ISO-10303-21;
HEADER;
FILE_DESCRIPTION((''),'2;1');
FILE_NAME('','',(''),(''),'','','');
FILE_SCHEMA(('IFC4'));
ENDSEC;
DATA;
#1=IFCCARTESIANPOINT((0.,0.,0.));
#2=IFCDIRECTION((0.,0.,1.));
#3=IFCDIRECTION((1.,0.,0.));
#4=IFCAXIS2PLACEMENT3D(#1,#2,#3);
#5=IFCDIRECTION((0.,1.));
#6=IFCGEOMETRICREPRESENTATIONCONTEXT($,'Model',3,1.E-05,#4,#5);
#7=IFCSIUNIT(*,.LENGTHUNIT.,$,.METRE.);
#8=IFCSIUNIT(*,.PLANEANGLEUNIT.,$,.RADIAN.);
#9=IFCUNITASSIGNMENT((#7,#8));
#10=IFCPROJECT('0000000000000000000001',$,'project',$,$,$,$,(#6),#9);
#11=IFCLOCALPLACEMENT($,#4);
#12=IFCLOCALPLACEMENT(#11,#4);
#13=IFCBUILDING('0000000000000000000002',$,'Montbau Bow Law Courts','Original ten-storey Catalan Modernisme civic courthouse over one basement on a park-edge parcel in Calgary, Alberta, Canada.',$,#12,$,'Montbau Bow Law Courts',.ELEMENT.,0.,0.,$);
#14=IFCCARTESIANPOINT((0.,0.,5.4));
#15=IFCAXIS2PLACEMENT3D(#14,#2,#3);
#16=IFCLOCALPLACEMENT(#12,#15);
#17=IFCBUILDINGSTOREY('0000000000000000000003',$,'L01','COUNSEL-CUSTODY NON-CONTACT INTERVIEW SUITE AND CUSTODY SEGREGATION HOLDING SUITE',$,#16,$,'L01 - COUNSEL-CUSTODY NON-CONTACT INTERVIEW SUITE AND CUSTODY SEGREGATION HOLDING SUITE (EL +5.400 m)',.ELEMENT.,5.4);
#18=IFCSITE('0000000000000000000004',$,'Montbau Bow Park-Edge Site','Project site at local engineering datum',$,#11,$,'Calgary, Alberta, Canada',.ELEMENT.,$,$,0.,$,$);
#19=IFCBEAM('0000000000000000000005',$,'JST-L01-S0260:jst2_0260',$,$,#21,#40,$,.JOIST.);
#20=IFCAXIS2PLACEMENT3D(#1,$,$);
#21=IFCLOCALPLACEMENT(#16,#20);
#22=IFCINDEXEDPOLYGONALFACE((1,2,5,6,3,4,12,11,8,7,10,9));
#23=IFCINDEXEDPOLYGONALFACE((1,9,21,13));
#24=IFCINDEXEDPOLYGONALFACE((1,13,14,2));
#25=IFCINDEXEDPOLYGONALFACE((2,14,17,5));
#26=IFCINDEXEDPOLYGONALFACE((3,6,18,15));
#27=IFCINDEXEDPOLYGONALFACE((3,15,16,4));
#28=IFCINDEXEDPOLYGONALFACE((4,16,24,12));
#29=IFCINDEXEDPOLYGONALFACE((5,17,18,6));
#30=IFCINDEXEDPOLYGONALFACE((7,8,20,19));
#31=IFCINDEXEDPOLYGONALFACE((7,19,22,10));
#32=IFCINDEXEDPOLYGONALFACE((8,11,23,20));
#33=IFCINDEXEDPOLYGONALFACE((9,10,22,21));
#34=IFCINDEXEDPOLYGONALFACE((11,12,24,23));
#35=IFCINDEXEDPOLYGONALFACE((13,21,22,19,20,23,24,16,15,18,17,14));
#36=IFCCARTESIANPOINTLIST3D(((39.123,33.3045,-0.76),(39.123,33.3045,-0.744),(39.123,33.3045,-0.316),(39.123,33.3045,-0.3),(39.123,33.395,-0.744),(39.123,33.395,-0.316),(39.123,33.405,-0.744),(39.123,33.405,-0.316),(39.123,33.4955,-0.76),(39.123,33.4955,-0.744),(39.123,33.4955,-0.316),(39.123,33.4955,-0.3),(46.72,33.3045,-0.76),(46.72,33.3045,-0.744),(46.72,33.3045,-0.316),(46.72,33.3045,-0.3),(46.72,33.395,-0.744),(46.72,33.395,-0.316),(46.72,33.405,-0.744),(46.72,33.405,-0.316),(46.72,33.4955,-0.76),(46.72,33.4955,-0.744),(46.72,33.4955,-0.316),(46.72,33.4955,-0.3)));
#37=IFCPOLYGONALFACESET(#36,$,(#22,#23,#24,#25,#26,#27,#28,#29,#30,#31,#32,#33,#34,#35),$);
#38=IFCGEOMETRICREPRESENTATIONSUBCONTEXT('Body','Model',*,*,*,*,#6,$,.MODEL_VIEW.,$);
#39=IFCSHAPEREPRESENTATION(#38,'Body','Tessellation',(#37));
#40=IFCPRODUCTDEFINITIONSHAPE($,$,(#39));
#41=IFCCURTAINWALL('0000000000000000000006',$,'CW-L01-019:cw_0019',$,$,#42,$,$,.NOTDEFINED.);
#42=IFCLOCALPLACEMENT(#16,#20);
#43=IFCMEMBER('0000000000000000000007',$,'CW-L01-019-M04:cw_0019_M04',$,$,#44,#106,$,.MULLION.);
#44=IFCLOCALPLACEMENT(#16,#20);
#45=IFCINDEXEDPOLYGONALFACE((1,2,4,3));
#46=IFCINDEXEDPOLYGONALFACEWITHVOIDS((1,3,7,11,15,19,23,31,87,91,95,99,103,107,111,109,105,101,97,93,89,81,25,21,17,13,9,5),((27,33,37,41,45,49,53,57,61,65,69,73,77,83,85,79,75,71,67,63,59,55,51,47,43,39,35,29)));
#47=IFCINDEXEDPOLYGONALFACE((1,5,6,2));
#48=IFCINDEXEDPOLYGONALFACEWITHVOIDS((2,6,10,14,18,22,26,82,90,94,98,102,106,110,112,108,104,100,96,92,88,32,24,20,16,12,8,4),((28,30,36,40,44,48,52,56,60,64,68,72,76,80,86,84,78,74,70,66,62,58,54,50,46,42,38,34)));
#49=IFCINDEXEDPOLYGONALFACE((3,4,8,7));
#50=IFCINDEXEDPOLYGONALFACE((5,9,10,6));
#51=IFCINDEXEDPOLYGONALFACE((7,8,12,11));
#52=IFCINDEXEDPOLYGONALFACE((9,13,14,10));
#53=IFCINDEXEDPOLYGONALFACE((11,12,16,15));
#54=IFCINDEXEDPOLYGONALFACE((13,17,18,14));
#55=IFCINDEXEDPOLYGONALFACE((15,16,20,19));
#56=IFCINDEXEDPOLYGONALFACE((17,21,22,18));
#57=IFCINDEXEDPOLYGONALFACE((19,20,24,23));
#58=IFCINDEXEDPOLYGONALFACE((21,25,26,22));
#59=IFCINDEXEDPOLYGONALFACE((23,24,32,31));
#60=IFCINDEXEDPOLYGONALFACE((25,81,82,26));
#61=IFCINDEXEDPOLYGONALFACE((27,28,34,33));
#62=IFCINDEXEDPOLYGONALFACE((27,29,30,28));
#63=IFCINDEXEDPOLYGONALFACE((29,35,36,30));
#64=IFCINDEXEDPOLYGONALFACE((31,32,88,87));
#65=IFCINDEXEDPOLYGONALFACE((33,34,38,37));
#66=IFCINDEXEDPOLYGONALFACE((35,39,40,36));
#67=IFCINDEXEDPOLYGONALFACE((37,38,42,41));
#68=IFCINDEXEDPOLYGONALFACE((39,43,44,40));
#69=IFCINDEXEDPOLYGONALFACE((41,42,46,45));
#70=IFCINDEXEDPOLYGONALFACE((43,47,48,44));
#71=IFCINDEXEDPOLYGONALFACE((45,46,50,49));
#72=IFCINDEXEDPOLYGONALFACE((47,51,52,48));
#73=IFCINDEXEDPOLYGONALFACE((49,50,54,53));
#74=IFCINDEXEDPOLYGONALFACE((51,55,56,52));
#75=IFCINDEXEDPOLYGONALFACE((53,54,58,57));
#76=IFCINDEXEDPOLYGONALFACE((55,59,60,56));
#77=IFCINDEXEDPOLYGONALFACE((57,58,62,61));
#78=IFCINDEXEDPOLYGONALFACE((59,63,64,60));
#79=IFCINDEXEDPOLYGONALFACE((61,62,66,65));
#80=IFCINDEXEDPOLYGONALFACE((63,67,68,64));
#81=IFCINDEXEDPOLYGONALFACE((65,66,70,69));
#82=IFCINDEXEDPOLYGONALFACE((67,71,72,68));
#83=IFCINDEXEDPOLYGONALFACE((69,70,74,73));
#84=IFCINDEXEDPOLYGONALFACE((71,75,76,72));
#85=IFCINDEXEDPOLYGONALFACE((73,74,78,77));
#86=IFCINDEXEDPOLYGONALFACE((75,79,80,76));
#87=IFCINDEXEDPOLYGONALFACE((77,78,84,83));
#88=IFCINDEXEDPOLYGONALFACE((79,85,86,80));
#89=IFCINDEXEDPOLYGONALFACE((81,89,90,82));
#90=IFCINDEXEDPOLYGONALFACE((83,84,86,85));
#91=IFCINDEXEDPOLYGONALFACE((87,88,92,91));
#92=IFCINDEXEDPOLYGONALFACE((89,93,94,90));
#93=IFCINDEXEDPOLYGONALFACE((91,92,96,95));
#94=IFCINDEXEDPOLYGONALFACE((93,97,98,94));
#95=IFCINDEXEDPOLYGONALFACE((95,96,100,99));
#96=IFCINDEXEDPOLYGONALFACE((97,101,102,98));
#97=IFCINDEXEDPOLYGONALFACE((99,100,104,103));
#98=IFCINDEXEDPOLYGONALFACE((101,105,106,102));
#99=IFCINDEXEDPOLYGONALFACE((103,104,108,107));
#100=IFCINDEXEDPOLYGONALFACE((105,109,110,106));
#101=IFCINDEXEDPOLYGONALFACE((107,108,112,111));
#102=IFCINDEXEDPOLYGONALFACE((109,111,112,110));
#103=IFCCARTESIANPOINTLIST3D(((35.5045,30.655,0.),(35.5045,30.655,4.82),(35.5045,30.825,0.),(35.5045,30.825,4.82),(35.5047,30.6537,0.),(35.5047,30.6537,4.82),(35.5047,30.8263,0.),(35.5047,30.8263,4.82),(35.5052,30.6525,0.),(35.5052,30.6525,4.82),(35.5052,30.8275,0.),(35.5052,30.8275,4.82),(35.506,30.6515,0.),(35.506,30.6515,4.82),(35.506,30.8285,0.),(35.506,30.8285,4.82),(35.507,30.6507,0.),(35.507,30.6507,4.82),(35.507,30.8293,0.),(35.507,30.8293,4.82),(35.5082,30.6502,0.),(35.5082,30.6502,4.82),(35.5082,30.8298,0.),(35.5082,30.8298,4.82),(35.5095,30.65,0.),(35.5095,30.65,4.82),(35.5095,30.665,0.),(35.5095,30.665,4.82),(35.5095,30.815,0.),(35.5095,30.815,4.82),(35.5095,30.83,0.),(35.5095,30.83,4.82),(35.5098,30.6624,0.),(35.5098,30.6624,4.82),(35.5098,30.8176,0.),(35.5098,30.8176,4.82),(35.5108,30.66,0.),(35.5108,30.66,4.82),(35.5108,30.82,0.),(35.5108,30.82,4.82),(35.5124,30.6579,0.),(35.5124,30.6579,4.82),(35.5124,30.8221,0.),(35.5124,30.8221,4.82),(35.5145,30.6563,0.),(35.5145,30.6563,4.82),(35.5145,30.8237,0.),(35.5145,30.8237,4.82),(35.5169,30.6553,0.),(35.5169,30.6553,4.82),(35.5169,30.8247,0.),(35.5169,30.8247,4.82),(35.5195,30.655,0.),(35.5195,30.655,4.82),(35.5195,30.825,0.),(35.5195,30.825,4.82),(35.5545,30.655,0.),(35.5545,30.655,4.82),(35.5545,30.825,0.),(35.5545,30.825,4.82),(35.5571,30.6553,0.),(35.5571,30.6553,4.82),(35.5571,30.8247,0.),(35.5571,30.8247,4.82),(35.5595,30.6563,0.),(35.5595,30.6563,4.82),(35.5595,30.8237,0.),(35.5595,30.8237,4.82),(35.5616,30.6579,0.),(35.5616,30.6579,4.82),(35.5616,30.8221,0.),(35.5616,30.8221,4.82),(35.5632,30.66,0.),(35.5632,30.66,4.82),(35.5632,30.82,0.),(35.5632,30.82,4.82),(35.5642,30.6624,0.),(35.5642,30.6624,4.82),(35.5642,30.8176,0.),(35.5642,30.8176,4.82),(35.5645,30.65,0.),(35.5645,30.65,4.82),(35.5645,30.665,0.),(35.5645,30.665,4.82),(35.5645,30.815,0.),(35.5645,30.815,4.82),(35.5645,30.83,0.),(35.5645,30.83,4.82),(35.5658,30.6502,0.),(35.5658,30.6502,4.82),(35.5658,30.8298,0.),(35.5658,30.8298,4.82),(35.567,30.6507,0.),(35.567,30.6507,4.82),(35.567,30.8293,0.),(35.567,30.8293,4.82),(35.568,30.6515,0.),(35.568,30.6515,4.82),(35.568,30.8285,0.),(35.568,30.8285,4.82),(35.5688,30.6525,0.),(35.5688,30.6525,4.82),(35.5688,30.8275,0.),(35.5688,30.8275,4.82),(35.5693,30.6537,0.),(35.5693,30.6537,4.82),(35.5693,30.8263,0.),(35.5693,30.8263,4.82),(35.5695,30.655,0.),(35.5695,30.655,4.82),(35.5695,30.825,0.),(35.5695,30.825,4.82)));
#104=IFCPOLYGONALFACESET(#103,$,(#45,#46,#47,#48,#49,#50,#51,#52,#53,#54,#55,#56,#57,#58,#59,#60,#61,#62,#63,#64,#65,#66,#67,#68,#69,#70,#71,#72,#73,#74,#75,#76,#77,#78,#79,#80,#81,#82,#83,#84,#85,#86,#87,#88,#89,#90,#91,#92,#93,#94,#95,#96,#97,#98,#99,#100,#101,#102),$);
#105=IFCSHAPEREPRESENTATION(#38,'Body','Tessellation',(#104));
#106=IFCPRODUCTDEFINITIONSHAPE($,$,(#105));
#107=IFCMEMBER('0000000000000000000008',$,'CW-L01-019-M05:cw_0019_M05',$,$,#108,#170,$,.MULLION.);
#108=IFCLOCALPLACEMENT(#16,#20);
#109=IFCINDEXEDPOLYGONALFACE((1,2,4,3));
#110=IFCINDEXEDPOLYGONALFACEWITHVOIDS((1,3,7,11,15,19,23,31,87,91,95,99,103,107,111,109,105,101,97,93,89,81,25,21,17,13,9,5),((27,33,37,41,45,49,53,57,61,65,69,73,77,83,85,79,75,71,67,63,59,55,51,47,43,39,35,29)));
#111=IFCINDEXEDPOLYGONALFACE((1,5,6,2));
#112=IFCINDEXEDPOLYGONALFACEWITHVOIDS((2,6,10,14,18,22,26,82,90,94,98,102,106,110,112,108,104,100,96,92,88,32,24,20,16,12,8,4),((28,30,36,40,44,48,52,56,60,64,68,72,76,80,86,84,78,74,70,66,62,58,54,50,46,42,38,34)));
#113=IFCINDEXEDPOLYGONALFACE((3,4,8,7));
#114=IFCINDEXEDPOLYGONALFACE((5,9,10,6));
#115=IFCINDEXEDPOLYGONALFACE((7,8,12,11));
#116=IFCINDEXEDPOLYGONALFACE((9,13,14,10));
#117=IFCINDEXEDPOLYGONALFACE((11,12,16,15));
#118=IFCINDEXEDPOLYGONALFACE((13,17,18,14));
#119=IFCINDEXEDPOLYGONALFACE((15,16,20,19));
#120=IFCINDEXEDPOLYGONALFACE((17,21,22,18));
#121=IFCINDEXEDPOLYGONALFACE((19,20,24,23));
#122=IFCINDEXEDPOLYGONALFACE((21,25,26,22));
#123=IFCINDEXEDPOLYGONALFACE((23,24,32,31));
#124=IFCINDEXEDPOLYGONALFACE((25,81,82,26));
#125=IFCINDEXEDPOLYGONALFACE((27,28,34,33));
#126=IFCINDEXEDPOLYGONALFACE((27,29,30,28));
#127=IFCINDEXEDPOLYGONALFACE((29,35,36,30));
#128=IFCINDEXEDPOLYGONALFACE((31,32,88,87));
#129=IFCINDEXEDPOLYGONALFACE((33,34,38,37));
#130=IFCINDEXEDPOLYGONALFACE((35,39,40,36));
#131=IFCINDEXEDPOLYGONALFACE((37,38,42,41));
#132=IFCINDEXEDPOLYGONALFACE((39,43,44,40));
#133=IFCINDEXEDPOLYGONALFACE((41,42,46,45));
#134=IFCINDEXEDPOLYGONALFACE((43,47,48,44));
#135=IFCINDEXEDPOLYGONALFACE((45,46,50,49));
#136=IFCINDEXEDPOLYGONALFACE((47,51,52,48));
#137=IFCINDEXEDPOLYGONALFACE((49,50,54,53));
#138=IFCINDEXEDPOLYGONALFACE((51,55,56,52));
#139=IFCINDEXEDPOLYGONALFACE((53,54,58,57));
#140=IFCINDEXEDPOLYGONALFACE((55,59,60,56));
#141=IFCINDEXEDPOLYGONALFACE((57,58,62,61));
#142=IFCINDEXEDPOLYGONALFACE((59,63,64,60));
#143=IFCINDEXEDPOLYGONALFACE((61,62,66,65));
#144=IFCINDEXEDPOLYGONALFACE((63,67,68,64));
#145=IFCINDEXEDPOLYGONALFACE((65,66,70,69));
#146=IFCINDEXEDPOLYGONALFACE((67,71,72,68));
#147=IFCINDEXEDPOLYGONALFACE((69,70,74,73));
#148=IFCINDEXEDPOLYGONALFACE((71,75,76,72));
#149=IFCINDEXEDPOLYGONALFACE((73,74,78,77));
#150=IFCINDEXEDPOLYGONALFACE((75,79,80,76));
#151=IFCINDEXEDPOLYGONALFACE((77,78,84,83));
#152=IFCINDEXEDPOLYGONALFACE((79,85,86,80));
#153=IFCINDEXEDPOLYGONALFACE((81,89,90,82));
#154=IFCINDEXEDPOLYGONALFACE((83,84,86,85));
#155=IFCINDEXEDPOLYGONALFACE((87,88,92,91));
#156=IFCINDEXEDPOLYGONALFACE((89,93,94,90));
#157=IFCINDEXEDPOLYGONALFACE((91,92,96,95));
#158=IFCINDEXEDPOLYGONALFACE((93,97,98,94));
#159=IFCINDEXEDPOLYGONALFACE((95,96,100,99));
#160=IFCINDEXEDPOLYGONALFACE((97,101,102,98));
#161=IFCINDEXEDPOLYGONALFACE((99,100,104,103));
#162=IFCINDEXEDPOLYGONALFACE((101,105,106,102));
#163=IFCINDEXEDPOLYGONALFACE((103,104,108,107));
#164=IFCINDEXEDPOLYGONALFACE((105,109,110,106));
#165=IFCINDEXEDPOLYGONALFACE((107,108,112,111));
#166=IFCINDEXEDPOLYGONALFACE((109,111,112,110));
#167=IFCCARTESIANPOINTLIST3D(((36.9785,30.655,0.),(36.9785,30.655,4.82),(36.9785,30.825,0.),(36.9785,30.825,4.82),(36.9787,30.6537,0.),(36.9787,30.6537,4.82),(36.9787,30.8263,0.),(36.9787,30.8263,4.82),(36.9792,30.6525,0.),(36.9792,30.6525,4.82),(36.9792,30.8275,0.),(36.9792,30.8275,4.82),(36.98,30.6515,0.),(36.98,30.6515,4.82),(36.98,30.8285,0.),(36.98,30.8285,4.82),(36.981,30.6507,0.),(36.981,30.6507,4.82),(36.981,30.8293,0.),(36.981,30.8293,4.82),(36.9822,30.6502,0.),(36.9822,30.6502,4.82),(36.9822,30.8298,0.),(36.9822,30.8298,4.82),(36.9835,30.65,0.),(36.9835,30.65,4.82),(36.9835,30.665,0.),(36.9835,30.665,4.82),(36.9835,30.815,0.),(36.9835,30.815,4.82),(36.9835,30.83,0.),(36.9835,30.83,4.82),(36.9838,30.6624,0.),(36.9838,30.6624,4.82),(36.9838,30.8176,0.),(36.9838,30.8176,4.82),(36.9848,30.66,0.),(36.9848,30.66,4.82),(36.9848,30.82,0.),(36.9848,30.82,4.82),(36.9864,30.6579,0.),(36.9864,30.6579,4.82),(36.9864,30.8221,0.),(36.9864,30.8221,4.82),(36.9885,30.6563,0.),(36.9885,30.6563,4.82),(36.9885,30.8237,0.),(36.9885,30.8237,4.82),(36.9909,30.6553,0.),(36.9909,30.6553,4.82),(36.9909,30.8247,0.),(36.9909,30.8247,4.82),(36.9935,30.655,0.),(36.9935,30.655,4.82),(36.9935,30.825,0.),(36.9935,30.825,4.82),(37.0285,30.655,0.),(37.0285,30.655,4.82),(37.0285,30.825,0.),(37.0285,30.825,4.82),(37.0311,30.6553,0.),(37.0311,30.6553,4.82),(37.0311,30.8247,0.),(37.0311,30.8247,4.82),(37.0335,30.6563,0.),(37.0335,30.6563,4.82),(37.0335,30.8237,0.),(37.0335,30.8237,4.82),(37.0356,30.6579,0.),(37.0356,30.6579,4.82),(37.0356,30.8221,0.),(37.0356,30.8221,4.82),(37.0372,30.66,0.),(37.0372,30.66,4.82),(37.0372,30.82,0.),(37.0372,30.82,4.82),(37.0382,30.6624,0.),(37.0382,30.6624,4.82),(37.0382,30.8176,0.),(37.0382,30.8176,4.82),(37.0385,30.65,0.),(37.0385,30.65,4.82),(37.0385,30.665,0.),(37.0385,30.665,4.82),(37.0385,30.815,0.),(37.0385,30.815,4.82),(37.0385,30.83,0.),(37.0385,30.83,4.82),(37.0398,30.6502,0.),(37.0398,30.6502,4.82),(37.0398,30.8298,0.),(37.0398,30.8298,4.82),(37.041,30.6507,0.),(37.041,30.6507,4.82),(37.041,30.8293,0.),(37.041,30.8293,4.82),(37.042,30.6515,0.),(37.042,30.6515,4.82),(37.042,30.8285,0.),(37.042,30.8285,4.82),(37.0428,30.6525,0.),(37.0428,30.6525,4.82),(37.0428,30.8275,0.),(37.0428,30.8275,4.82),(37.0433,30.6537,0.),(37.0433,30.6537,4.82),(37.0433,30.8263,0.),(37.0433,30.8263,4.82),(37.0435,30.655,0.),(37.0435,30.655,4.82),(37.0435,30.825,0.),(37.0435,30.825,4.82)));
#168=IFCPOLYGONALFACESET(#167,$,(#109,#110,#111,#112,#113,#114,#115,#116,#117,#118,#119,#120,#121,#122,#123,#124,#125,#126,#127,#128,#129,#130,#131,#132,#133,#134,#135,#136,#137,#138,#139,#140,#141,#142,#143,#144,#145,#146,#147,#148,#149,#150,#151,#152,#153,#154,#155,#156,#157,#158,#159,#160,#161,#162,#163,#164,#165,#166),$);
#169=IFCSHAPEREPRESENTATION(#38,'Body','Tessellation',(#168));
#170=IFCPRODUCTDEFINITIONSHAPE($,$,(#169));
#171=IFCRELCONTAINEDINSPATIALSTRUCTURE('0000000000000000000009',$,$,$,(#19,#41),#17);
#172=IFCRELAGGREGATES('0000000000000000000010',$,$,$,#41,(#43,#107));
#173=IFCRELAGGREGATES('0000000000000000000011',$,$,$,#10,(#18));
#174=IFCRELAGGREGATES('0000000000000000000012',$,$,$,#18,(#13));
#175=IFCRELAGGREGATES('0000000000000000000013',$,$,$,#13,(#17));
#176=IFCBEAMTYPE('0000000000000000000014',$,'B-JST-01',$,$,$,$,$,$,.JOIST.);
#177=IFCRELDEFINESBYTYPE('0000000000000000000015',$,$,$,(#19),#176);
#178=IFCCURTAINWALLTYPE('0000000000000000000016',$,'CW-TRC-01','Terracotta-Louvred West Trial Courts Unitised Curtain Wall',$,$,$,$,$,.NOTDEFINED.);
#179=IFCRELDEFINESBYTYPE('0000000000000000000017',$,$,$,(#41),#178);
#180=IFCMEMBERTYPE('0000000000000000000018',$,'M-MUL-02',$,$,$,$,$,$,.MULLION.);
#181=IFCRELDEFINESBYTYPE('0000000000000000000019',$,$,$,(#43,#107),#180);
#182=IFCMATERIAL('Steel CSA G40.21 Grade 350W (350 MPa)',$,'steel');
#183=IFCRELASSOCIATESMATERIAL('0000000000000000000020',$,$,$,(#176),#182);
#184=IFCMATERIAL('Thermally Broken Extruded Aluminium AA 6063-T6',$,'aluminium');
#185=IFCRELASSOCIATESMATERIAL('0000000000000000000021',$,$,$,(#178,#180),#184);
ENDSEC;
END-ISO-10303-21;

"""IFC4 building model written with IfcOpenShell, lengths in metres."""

from ifc_helpers import new_model, si_unit, direction, frame, origin_with_axes, origin_2d_with_axis, place, context, subcontext, project, spatial, hollow_rectangle, i_section, extrude, material, material_profile, profile_set, type_object, element, aggregate, save


model = new_model("IFC4")

# Units and contexts
model_context = context("Model", 3, precision=1e-05, world=origin_with_axes(), true_north=direction((0.0, 1.0)))
body_context = subcontext(model_context, "Body", "Model", "MODEL_VIEW")
ifc_project = project(units=[si_unit("LENGTHUNIT", "METRE"), si_unit("PLANEANGLEUNIT", "RADIAN")], contexts=[model_context])

# Site, building, storey
site_placement = place(None, origin_with_axes())
site = spatial("IfcSite", under=ifc_project, at=site_placement, Name="Montbau Bow Park-Edge Site", Description="Project site at local engineering datum", LongName="Calgary, Alberta, Canada", CompositionType="ELEMENT", RefElevation=0.0)
building_placement = place(site_placement, origin_with_axes())
building = spatial("IfcBuilding", under=site, at=building_placement, Name="Montbau Bow Law Courts", Description="Original ten-storey Catalan Modernisme civic courthouse over one basement on a park-edge parcel in Calgary, Alberta, Canada.", LongName="Montbau Bow Law Courts", CompositionType="ELEMENT", ElevationOfRefHeight=0.0, ElevationOfTerrain=0.0)
storey_placement = place(building_placement, frame((0.0, 0.0, 5.4), z_axis=(0.0, 0.0, 1.0), x_axis=(1.0, 0.0, 0.0)))
storey = spatial("IfcBuildingStorey", under=building, at=storey_placement, Name="L01", Description="COUNSEL-CUSTODY NON-CONTACT INTERVIEW SUITE AND CUSTODY SEGREGATION HOLDING SUITE", LongName="L01 - COUNSEL-CUSTODY NON-CONTACT INTERVIEW SUITE AND CUSTODY SEGREGATION HOLDING SUITE (EL +5.400 m)", CompositionType="ELEMENT", Elevation=5.4)

# Beam
ifc_material_1 = material(Name="Steel CSA G40.21 Grade 350W (350 MPa)", Category="steel")
ifc_material_profile_1 = material_profile(ifc_material_1, i_section(OverallWidth=0.191, OverallDepth=0.46, WebThickness=0.0099, FlangeThickness=0.016, at=origin_2d_with_axis()), Name="W460X82", Category="Main", Priority=0)
ifc_profile_set_1 = profile_set([ifc_material_profile_1], Name="Steel CSA G40.21 Grade 350W (350 MPa)")
beam_type = type_object("IfcBeamType", Name="B-JST-01", PredefinedType="JOIST", material=ifc_profile_set_1)
beam_placement = place(None, frame((39.123, 33.4, 4.87), z_axis=(1.0, 0.0, 0.0), x_axis=(0.0, 1.0, 0.0)))
element("IfcBeam", 1, at=beam_placement, inside=storey, type_object=beam_type, Name="JST-L01-S0260:jst2_0260", PredefinedType="JOIST", context=body_context, shape_type="SweptSolid", body=[
    extrude(i_section(OverallWidth=0.191, OverallDepth=0.46, WebThickness=0.0099, FlangeThickness=0.016, at=origin_2d_with_axis()), origin_with_axes(), (0.0, 0.0, 1.0), 7.597),
])

# Curtain wall, members
ifc_material_2 = material(Name="Thermally Broken Extruded Aluminium AA 6063-T6", Category="aluminium")
curtain_wall_type = type_object("IfcCurtainWallType", Name="CW-TRC-01", Description="Terracotta-Louvred West Trial Courts Unitised Curtain Wall", PredefinedType="NOTDEFINED", material=ifc_material_2)
curtain_wall_1_placement = place(None, frame((31.115, 30.74, 5.4), z_axis=(0.0, 0.0, 1.0), x_axis=(1.0, 0.0, 0.0)))
curtain_wall_1 = element("IfcCurtainWall", 2, at=curtain_wall_1_placement, inside=storey, type_object=curtain_wall_type, Name="CW-L01-019:cw_0019", PredefinedType="NOTDEFINED")
ifc_material_profile_2 = material_profile(ifc_material_2, hollow_rectangle(XDim=0.065, YDim=0.18, WallThickness=0.005, InnerFilletRadius=0.01, OuterFilletRadius=0.005, at=origin_2d_with_axis()), Name="CWM-180X65", Category="Main", Priority=0)
ifc_profile_set_2 = profile_set([ifc_material_profile_2], Name="Thermally Broken Extruded Aluminium AA 6063-T6")
member_type_1 = type_object("IfcMemberType", Name="M-MUL-02", PredefinedType="MULLION", material=ifc_profile_set_2)
member_1_placement = place(None, frame((35.537, 30.74, 5.4), z_axis=(0.0, 0.0, 1.0), x_axis=(1.0, 0.0, 0.0)))
member_1 = element("IfcMember", 3, at=member_1_placement, type_object=member_type_1, Name="CW-L01-019-M04:cw_0019_M04", PredefinedType="MULLION", context=body_context, shape_type="SweptSolid", body=[
    extrude(hollow_rectangle(XDim=0.065, YDim=0.18, WallThickness=0.005, InnerFilletRadius=0.01, OuterFilletRadius=0.005, at=origin_2d_with_axis()), origin_with_axes(), (0.0, 0.0, 1.0), 4.82),
])
member_2_placement = place(None, frame((37.011, 30.74, 5.4), z_axis=(0.0, 0.0, 1.0), x_axis=(1.0, 0.0, 0.0)))
member_2 = element("IfcMember", 4, at=member_2_placement, type_object=member_type_1, Name="CW-L01-019-M05:cw_0019_M05", PredefinedType="MULLION", context=body_context, shape_type="SweptSolid", body=[
    extrude(hollow_rectangle(XDim=0.065, YDim=0.18, WallThickness=0.005, InnerFilletRadius=0.01, OuterFilletRadius=0.005, at=origin_2d_with_axis()), origin_with_axes(), (0.0, 0.0, 1.0), 4.82),
])

aggregate(curtain_wall_1, [member_1, member_2])

save(model, "model.ifc")
